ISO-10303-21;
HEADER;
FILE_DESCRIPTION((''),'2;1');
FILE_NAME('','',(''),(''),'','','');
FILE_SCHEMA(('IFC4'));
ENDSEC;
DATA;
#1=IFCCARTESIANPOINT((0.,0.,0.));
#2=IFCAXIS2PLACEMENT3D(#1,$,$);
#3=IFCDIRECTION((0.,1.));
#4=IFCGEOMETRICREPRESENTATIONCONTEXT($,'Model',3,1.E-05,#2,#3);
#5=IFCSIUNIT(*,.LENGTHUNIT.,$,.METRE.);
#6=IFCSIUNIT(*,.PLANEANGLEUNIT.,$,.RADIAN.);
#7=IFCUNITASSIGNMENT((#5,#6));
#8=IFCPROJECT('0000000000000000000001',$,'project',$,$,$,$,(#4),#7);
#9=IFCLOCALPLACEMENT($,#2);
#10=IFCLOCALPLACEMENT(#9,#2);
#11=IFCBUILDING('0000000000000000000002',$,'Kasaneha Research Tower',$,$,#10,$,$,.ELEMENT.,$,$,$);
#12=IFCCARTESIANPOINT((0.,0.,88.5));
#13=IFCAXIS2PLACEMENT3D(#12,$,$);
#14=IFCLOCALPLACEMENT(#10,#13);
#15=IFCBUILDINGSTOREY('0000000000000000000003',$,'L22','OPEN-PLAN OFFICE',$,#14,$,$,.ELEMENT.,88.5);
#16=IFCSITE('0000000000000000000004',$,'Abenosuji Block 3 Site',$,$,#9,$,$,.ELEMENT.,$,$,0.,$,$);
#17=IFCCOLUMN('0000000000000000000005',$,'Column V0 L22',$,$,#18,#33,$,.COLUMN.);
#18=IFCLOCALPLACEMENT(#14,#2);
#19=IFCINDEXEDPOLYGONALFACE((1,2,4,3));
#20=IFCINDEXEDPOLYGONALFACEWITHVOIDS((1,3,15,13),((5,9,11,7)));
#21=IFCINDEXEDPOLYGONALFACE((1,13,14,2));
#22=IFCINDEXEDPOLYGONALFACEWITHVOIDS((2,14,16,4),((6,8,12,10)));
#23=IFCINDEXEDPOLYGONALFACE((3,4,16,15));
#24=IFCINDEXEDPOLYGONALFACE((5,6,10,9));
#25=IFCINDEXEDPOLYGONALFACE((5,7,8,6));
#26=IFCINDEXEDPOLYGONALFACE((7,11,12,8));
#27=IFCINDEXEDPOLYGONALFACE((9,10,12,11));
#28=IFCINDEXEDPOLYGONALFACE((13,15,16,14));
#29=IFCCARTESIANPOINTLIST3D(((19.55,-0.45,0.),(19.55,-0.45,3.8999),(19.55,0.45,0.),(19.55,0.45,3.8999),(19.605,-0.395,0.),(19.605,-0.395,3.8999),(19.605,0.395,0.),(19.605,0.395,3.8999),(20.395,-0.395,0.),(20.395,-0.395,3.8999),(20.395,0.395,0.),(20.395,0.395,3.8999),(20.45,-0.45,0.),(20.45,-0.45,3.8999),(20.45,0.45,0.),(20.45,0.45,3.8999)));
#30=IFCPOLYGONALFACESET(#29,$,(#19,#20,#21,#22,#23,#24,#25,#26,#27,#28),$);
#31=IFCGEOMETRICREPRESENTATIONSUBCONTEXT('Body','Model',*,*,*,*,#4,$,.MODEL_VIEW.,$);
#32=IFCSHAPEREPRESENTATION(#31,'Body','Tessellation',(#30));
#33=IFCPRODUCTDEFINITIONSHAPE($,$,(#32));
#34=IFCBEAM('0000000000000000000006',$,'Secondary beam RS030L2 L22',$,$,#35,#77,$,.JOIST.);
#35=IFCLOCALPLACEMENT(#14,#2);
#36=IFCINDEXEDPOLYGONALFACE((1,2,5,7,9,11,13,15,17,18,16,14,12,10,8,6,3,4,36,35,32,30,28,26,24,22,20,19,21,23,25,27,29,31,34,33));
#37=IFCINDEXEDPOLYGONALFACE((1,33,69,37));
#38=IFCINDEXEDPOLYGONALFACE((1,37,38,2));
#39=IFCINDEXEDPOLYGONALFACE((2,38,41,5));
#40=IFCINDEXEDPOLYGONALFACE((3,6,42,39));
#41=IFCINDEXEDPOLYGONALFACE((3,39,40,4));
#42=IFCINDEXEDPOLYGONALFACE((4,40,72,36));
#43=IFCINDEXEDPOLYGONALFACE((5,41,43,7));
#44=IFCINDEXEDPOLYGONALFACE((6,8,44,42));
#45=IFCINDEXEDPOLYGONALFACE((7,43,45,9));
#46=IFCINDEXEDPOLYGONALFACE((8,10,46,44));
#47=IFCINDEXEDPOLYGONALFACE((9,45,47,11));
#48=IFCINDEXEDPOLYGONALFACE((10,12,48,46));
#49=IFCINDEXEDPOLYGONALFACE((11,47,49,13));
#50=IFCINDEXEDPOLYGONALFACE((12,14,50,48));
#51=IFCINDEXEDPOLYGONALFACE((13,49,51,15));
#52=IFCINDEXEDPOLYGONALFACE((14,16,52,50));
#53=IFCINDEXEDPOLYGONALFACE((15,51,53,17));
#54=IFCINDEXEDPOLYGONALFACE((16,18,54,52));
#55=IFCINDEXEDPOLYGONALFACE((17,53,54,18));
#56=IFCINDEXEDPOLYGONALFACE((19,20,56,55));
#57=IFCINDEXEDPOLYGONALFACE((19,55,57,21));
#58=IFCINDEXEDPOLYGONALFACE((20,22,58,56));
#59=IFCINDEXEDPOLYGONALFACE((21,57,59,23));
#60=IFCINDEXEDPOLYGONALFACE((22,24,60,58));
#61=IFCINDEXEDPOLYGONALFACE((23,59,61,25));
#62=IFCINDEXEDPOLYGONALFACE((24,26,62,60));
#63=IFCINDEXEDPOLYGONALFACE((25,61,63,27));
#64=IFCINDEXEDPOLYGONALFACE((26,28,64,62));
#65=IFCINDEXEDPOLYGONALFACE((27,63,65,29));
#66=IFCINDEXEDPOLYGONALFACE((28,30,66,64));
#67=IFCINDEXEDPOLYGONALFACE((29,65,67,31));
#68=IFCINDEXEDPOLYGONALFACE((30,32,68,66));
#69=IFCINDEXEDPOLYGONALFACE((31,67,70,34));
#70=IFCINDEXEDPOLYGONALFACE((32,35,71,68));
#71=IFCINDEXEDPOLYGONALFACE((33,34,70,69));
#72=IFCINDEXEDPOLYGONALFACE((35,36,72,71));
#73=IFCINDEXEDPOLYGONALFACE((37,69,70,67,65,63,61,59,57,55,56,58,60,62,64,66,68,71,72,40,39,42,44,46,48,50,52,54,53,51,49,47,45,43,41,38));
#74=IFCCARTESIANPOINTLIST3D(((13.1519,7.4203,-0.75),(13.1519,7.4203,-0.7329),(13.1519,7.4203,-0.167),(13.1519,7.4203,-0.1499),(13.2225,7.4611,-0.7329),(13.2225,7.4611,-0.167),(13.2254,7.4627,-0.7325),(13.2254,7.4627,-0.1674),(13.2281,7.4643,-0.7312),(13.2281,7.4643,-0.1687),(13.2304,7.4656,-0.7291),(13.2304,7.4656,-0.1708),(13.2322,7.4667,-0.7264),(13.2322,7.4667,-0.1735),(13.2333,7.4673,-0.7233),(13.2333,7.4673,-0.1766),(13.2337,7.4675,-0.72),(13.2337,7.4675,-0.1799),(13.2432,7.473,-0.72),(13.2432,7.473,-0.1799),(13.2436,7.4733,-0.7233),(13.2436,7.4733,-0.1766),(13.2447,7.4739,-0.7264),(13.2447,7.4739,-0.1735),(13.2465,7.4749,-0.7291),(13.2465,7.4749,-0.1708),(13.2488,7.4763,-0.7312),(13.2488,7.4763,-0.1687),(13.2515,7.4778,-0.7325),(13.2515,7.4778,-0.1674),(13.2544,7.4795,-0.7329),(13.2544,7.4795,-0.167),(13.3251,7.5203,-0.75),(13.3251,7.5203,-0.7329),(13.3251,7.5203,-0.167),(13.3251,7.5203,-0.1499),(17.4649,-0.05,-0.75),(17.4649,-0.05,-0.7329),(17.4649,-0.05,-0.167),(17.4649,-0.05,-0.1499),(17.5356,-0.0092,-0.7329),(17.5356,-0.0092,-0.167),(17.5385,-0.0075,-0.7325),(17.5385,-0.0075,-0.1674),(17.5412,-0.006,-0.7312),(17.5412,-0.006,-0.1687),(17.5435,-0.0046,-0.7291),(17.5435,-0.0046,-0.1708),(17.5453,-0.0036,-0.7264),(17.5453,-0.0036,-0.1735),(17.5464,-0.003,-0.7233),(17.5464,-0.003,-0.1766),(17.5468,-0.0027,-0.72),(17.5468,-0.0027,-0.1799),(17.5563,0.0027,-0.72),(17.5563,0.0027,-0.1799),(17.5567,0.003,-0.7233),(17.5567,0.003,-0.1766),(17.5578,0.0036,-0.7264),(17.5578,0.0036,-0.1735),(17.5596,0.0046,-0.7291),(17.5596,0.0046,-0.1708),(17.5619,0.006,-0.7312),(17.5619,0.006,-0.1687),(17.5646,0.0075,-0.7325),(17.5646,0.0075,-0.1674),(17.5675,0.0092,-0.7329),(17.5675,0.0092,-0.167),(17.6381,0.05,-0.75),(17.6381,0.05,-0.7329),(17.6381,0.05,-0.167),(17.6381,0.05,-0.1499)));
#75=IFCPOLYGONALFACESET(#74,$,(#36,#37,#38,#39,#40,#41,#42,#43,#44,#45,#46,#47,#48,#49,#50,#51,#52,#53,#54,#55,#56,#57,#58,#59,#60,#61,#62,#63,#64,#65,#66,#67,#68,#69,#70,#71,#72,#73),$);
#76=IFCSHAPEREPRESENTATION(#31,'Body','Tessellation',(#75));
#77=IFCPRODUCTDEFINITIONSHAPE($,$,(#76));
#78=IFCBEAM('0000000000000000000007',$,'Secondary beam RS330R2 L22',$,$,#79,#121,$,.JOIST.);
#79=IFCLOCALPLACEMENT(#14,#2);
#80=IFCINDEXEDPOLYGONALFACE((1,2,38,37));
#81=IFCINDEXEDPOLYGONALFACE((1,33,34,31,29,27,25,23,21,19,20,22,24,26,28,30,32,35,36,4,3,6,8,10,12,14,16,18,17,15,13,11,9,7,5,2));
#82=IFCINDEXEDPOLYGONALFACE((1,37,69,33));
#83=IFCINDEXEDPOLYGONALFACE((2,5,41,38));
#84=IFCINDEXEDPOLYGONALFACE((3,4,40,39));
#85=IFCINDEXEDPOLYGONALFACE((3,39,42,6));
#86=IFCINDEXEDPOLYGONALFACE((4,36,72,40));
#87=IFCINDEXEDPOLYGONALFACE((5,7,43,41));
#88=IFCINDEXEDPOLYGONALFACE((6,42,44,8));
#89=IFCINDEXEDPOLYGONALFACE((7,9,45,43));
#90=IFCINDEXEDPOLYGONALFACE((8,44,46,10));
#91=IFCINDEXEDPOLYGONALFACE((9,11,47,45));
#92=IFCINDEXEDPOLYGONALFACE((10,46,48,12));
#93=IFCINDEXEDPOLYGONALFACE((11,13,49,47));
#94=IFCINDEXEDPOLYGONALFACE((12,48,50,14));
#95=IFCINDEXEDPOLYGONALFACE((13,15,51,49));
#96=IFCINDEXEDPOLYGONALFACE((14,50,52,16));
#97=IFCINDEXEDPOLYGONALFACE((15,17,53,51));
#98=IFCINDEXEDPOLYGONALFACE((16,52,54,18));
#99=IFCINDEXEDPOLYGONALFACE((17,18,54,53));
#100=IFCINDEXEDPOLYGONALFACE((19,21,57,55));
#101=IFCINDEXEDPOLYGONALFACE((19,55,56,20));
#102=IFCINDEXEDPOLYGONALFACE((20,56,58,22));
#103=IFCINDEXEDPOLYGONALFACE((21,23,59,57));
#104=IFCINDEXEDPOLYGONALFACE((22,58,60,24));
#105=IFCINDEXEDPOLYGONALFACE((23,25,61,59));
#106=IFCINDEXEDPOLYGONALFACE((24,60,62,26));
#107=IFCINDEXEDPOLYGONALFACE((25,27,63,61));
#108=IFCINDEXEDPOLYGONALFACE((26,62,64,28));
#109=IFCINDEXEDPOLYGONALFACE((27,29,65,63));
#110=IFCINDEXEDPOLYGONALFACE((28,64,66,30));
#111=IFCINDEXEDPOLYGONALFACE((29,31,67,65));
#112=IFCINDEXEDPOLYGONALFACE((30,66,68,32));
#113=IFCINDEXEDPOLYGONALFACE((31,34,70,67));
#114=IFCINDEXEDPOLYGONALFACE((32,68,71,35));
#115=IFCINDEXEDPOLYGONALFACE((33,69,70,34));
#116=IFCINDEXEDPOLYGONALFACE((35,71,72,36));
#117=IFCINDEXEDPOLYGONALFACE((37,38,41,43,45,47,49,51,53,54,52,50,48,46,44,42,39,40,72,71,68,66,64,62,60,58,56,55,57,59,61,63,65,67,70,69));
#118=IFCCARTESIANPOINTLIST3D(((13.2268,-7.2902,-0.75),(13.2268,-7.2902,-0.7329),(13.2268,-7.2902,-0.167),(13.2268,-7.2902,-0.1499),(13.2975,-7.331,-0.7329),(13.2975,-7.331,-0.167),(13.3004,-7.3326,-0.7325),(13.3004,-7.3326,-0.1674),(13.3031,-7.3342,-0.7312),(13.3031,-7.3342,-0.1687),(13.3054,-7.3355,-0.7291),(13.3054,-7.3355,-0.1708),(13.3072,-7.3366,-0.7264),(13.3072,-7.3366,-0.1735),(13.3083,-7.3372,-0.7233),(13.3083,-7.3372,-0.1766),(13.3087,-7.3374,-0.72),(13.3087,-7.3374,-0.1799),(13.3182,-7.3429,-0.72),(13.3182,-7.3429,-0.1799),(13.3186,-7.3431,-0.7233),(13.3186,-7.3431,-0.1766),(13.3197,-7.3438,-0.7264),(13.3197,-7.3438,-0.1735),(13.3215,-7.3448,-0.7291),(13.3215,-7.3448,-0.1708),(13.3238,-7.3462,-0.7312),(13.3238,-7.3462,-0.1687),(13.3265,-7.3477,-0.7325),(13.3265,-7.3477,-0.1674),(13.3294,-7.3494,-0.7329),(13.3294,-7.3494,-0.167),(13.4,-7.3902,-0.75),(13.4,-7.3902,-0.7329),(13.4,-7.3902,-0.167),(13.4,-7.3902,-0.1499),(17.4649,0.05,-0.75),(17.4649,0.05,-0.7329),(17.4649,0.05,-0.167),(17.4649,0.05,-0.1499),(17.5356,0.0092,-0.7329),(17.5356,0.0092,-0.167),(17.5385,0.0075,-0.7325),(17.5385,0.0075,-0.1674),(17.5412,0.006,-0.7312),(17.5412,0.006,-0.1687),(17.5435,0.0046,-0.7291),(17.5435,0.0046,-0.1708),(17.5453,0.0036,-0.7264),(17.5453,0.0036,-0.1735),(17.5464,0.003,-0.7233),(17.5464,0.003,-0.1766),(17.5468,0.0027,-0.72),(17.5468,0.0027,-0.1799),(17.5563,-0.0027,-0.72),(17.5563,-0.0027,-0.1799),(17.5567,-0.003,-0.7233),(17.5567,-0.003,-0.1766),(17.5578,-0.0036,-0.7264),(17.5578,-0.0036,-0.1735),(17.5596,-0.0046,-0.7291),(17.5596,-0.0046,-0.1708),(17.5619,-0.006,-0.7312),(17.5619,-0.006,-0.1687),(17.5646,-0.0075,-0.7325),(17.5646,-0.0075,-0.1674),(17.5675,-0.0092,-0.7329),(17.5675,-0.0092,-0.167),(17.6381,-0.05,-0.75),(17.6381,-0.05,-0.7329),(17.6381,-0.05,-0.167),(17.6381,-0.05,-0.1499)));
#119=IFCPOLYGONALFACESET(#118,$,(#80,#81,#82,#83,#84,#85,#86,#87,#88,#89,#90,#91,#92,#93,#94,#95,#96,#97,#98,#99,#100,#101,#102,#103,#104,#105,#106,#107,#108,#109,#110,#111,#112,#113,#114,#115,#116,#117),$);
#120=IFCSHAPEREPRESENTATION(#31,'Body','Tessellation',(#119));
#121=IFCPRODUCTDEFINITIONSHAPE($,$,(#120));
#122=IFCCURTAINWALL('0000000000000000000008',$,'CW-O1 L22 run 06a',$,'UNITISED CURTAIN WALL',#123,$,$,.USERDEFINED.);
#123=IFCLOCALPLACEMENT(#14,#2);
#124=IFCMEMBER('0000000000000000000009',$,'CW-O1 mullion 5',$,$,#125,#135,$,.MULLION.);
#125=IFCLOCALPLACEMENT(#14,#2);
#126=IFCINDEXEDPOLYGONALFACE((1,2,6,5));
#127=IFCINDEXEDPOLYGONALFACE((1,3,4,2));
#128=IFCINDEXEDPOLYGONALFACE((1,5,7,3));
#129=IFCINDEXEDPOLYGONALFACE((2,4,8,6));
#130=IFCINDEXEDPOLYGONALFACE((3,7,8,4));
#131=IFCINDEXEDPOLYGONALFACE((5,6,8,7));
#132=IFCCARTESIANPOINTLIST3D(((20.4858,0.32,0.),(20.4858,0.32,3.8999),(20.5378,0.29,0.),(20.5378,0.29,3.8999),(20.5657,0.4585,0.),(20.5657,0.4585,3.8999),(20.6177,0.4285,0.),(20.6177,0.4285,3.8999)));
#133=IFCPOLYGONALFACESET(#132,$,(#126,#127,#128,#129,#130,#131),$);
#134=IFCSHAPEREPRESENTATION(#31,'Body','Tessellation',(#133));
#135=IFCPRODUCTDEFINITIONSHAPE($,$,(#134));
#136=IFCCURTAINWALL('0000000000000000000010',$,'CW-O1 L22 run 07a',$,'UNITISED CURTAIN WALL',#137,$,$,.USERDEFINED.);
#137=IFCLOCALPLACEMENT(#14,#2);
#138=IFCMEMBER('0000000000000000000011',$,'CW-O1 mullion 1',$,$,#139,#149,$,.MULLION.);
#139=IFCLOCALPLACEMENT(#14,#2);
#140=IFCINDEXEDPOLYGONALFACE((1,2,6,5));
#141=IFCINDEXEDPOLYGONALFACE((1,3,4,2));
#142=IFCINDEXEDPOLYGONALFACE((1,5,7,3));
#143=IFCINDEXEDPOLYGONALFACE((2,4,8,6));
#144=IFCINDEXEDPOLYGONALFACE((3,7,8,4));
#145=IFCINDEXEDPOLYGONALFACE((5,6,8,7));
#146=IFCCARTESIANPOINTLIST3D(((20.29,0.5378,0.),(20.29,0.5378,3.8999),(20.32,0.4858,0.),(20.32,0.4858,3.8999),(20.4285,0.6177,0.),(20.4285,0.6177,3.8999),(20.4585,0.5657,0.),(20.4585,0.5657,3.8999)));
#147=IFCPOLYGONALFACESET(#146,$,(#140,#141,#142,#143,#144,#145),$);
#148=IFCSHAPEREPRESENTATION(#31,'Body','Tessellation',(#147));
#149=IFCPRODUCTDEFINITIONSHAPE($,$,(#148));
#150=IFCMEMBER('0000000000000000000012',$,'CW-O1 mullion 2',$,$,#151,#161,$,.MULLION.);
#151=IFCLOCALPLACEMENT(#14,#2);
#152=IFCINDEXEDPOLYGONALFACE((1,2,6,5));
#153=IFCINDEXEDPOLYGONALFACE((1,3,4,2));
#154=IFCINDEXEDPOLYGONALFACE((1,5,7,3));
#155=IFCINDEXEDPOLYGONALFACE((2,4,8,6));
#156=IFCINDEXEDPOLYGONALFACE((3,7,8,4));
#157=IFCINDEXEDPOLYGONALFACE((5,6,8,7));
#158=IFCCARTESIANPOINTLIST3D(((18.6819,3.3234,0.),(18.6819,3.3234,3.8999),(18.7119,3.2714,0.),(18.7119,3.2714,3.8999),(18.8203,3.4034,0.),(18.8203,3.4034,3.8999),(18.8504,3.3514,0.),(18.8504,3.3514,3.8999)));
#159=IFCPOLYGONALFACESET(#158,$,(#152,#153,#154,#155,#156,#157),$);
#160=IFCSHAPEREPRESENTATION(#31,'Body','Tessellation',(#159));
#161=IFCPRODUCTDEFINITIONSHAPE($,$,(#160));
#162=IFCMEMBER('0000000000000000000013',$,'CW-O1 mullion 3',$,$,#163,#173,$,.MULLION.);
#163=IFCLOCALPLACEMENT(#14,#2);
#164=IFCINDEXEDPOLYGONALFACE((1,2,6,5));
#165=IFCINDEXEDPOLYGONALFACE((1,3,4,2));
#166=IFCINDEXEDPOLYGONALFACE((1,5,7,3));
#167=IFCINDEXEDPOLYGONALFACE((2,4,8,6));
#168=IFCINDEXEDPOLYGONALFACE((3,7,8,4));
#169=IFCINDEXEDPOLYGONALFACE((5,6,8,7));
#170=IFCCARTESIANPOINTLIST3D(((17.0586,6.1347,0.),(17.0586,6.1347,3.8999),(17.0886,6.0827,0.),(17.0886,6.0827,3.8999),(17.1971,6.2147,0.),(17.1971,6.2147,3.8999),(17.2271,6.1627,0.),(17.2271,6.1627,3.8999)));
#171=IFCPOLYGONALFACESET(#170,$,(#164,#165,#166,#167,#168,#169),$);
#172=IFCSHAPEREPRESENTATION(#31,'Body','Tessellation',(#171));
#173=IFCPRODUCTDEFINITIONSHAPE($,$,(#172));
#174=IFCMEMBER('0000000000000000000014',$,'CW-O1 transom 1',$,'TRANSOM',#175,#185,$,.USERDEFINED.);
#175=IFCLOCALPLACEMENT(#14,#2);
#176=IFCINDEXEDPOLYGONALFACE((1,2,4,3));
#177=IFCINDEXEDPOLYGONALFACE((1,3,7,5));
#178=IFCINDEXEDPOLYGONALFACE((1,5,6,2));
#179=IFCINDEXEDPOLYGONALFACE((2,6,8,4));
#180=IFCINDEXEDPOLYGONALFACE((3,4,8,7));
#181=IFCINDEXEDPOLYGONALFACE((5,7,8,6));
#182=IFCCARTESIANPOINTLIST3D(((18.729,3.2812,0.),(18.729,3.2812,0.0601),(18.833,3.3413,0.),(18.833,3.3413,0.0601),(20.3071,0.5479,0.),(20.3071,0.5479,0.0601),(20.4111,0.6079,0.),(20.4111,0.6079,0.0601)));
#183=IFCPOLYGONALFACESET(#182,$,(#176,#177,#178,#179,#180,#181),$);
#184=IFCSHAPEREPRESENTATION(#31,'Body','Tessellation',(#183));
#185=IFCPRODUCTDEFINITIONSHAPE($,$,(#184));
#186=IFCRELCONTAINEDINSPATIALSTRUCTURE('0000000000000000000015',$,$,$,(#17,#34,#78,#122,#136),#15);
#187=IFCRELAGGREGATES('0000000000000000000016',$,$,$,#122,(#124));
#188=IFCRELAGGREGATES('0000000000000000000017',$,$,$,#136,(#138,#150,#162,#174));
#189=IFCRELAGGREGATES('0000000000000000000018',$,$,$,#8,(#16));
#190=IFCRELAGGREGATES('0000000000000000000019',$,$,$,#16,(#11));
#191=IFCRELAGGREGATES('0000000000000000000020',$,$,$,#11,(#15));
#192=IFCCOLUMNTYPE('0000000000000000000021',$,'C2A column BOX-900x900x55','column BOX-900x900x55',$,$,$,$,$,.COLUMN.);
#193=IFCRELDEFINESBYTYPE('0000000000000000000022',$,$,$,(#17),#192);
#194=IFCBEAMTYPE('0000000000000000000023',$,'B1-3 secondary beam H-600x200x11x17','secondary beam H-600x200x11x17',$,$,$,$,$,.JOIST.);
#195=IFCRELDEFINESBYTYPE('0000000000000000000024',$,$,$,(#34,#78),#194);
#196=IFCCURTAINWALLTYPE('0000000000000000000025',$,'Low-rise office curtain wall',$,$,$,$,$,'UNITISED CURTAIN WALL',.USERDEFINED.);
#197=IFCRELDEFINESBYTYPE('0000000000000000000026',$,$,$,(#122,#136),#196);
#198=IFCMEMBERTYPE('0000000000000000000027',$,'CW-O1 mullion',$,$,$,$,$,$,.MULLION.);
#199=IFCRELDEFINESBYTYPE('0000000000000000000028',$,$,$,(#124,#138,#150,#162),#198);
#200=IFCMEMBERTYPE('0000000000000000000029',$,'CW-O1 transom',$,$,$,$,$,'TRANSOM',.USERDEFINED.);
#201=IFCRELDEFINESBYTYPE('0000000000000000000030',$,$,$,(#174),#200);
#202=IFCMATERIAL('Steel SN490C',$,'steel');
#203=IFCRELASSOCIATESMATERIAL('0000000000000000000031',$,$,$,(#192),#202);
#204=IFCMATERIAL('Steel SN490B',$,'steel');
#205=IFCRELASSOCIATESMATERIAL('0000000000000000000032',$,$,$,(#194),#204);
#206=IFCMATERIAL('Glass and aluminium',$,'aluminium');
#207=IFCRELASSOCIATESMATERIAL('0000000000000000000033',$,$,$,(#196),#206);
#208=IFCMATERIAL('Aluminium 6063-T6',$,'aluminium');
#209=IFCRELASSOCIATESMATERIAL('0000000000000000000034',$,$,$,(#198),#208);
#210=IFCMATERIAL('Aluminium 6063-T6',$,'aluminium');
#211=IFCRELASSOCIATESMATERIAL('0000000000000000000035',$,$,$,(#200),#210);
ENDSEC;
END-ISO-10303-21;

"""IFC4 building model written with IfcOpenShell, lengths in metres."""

from ifc_helpers import new_model, si_unit, direction, frame, origin, origin_2d, place, context, subcontext, project, spatial, rectangle, hollow_rectangle, i_section, extrude, material, material_profile, profile_set, type_object, element, aggregate, save


model = new_model("IFC4")

# Units and contexts
model_context = context("Model", 3, precision=1e-05, world=origin(), true_north=direction((0.0, 1.0)))
body_context = subcontext(model_context, "Body", "Model", "MODEL_VIEW")
ifc_project = project(units=[si_unit("LENGTHUNIT", "METRE"), si_unit("PLANEANGLEUNIT", "RADIAN")], contexts=[model_context])

# Site, building, storey
site_placement = place(None, origin())
site = spatial("IfcSite", under=ifc_project, at=site_placement, Name="Abenosuji Block 3 Site", CompositionType="ELEMENT", RefElevation=0.0)
building_placement = place(site_placement, origin())
building = spatial("IfcBuilding", under=site, at=building_placement, Name="Kasaneha Research Tower", CompositionType="ELEMENT")
storey_placement = place(building_placement, frame((0.0, 0.0, 88.5)))
storey = spatial("IfcBuildingStorey", under=building, at=storey_placement, Name="L22", Description="OPEN-PLAN OFFICE", CompositionType="ELEMENT", Elevation=88.5)

# Column
ifc_material_1 = material(Name="Steel SN490C", Category="steel")
ifc_material_profile_1 = material_profile(ifc_material_1, hollow_rectangle(XDim=0.8999, YDim=0.8999, WallThickness=0.0549, at=origin_2d()), Name="BOX-900x900x55")
ifc_profile_set_1 = profile_set([ifc_material_profile_1], Name="Steel SN490C")
column_type = type_object("IfcColumnType", Name="C2A column BOX-900x900x55", Description="column BOX-900x900x55", PredefinedType="COLUMN", material=ifc_profile_set_1)
column_placement = place(storey_placement, frame((20.0, 0.0, 0.0), z_axis=(0.0, 0.0, 1.0), x_axis=(1.0, 0.0, 0.0)))
element("IfcColumn", 1, at=column_placement, inside=storey, type_object=column_type, Name="Column V0 L22", PredefinedType="COLUMN", context=body_context, shape_type="SweptSolid", body=[
    extrude(hollow_rectangle(XDim=0.8999, YDim=0.8999, WallThickness=0.0549, at=origin_2d()), origin(), (0.0, 0.0, 1.0), 3.8999),
])

# Beams
ifc_material_2 = material(Name="Steel SN490B", Category="steel")
ifc_material_profile_2 = material_profile(ifc_material_2, i_section(OverallWidth=0.2, OverallDepth=0.6001, WebThickness=0.011, FlangeThickness=0.0171, FilletRadius=0.0129, at=origin_2d()), Name="H-600x200x11x17")
ifc_profile_set_2 = profile_set([ifc_material_profile_2], Name="Steel SN490B")
beam_type_1 = type_object("IfcBeamType", Name="B1-3 secondary beam H-600x200x11x17", Description="secondary beam H-600x200x11x17", PredefinedType="JOIST", material=ifc_profile_set_2)
beam_1_placement = place(storey_placement, frame((17.5515, 0.0, -0.45), z_axis=(-0.500005, 0.866023, 0.0), x_axis=(-0.866023, -0.500005, 0.0)))
element("IfcBeam", 2, at=beam_1_placement, inside=storey, type_object=beam_type_1, Name="Secondary beam RS030L2 L22", PredefinedType="JOIST", context=body_context, shape_type="SweptSolid", body=[
    extrude(i_section(OverallWidth=0.2, OverallDepth=0.6001, WebThickness=0.011, FlangeThickness=0.0171, FilletRadius=0.0129, at=origin_2d()), origin(), (0.0, 0.0, 1.0), 8.626),
])
beam_2_placement = place(storey_placement, frame((17.5515, 0.0, -0.45), z_axis=(-0.500021, -0.866013, 0.0), x_axis=(0.866013, -0.500021, 0.0)))
element("IfcBeam", 3, at=beam_2_placement, inside=storey, type_object=beam_type_1, Name="Secondary beam RS330R2 L22", PredefinedType="JOIST", context=body_context, shape_type="SweptSolid", body=[
    extrude(i_section(OverallWidth=0.2, OverallDepth=0.6001, WebThickness=0.011, FlangeThickness=0.0171, FilletRadius=0.0129, at=origin_2d()), origin(), (0.0, 0.0, 1.0), 8.4758),
])

# Curtain wall, member
ifc_material_3 = material(Name="Glass and aluminium", Category="aluminium")
curtain_wall_type = type_object("IfcCurtainWallType", Name="Low-rise office curtain wall", ElementType="UNITISED CURTAIN WALL", PredefinedType="USERDEFINED", material=ifc_material_3)
curtain_wall_1_placement = place(storey_placement, origin())
curtain_wall_1 = element("IfcCurtainWall", 4, at=curtain_wall_1_placement, inside=storey, type_object=curtain_wall_type, Name="CW-O1 L22 run 06a", ObjectType="UNITISED CURTAIN WALL", PredefinedType="USERDEFINED")
ifc_material_4 = material(Name="Aluminium 6063-T6", Category="aluminium")
ifc_material_profile_3 = material_profile(ifc_material_4, rectangle(XDim=0.0601, YDim=0.1599, at=origin_2d()), Name="CW-O1 mullion 60x160")
ifc_profile_set_3 = profile_set([ifc_material_profile_3], Name="Aluminium 6063-T6")
member_type_1 = type_object("IfcMemberType", Name="CW-O1 mullion", PredefinedType="MULLION", material=ifc_profile_set_3)
member_1_placement = place(storey_placement, frame((20.5518, 0.3743, 0.0), z_axis=(0.0, 0.0, 1.0), x_axis=(-0.866025, 0.5, 0.0)))
member_1 = element("IfcMember", 5, at=member_1_placement, type_object=member_type_1, Name="CW-O1 mullion 5", PredefinedType="MULLION", context=body_context, shape_type="SweptSolid", body=[
    extrude(rectangle(XDim=0.0601, YDim=0.1599, at=origin_2d()), origin(), (0.0, 0.0, 1.0), 3.8999),
])
aggregate(curtain_wall_1, [member_1])

# Curtain wall, members
curtain_wall_2_placement = place(storey_placement, origin())
curtain_wall_2 = element("IfcCurtainWall", 6, at=curtain_wall_2_placement, inside=storey, type_object=curtain_wall_type, Name="CW-O1 L22 run 07a", ObjectType="UNITISED CURTAIN WALL", PredefinedType="USERDEFINED")
member_2_placement = place(storey_placement, frame((20.3743, 0.5518, 0.0), z_axis=(0.0, 0.0, 1.0), x_axis=(-0.5, 0.866025, 0.0)))
member_2 = element("IfcMember", 7, at=member_2_placement, type_object=member_type_1, Name="CW-O1 mullion 1", PredefinedType="MULLION", context=body_context, shape_type="SweptSolid", body=[
    extrude(rectangle(XDim=0.0601, YDim=0.1599, at=origin_2d()), origin(), (0.0, 0.0, 1.0), 3.8999),
])
member_3_placement = place(storey_placement, frame((18.7661, 3.3374, 0.0), z_axis=(0.0, 0.0, 1.0), x_axis=(-0.5, 0.866025, 0.0)))
member_3 = element("IfcMember", 8, at=member_3_placement, type_object=member_type_1, Name="CW-O1 mullion 2", PredefinedType="MULLION", context=body_context, shape_type="SweptSolid", body=[
    extrude(rectangle(XDim=0.0601, YDim=0.1599, at=origin_2d()), origin(), (0.0, 0.0, 1.0), 3.8999),
])
member_4_placement = place(storey_placement, frame((17.1428, 6.1487, 0.0), z_axis=(0.0, 0.0, 1.0), x_axis=(-0.5, 0.866025, 0.0)))
member_4 = element("IfcMember", 9, at=member_4_placement, type_object=member_type_1, Name="CW-O1 mullion 3", PredefinedType="MULLION", context=body_context, shape_type="SweptSolid", body=[
    extrude(rectangle(XDim=0.0601, YDim=0.1599, at=origin_2d()), origin(), (0.0, 0.0, 1.0), 3.8999),
])
ifc_material_5 = material(Name="Aluminium 6063-T6", Category="aluminium")
ifc_material_profile_4 = material_profile(ifc_material_5, rectangle(XDim=0.1201, YDim=0.0601, at=origin_2d()), Name="CW-O1 transom 120x60")
ifc_profile_set_4 = profile_set([ifc_material_profile_4], Name="Aluminium 6063-T6")
member_type_2 = type_object("IfcMemberType", Name="CW-O1 transom", ElementType="TRANSOM", PredefinedType="USERDEFINED", material=ifc_profile_set_4)
member_5_placement = place(storey_placement, frame((20.3591, 0.5779, 0.03), z_axis=(-0.499999, 0.866026, 0.0), x_axis=(-0.866026, -0.499999, 0.0)))
member_5 = element("IfcMember", 10, at=member_5_placement, type_object=member_type_2, Name="CW-O1 transom 1", ObjectType="TRANSOM", PredefinedType="USERDEFINED", context=body_context, shape_type="SweptSolid", body=[
    extrude(rectangle(XDim=0.1201, YDim=0.0601, at=origin_2d()), origin(), (0.0, 0.0, 1.0), 3.1562),
])

aggregate(curtain_wall_2, [member_2, member_3, member_4, member_5])

save(model, "model.ifc")
